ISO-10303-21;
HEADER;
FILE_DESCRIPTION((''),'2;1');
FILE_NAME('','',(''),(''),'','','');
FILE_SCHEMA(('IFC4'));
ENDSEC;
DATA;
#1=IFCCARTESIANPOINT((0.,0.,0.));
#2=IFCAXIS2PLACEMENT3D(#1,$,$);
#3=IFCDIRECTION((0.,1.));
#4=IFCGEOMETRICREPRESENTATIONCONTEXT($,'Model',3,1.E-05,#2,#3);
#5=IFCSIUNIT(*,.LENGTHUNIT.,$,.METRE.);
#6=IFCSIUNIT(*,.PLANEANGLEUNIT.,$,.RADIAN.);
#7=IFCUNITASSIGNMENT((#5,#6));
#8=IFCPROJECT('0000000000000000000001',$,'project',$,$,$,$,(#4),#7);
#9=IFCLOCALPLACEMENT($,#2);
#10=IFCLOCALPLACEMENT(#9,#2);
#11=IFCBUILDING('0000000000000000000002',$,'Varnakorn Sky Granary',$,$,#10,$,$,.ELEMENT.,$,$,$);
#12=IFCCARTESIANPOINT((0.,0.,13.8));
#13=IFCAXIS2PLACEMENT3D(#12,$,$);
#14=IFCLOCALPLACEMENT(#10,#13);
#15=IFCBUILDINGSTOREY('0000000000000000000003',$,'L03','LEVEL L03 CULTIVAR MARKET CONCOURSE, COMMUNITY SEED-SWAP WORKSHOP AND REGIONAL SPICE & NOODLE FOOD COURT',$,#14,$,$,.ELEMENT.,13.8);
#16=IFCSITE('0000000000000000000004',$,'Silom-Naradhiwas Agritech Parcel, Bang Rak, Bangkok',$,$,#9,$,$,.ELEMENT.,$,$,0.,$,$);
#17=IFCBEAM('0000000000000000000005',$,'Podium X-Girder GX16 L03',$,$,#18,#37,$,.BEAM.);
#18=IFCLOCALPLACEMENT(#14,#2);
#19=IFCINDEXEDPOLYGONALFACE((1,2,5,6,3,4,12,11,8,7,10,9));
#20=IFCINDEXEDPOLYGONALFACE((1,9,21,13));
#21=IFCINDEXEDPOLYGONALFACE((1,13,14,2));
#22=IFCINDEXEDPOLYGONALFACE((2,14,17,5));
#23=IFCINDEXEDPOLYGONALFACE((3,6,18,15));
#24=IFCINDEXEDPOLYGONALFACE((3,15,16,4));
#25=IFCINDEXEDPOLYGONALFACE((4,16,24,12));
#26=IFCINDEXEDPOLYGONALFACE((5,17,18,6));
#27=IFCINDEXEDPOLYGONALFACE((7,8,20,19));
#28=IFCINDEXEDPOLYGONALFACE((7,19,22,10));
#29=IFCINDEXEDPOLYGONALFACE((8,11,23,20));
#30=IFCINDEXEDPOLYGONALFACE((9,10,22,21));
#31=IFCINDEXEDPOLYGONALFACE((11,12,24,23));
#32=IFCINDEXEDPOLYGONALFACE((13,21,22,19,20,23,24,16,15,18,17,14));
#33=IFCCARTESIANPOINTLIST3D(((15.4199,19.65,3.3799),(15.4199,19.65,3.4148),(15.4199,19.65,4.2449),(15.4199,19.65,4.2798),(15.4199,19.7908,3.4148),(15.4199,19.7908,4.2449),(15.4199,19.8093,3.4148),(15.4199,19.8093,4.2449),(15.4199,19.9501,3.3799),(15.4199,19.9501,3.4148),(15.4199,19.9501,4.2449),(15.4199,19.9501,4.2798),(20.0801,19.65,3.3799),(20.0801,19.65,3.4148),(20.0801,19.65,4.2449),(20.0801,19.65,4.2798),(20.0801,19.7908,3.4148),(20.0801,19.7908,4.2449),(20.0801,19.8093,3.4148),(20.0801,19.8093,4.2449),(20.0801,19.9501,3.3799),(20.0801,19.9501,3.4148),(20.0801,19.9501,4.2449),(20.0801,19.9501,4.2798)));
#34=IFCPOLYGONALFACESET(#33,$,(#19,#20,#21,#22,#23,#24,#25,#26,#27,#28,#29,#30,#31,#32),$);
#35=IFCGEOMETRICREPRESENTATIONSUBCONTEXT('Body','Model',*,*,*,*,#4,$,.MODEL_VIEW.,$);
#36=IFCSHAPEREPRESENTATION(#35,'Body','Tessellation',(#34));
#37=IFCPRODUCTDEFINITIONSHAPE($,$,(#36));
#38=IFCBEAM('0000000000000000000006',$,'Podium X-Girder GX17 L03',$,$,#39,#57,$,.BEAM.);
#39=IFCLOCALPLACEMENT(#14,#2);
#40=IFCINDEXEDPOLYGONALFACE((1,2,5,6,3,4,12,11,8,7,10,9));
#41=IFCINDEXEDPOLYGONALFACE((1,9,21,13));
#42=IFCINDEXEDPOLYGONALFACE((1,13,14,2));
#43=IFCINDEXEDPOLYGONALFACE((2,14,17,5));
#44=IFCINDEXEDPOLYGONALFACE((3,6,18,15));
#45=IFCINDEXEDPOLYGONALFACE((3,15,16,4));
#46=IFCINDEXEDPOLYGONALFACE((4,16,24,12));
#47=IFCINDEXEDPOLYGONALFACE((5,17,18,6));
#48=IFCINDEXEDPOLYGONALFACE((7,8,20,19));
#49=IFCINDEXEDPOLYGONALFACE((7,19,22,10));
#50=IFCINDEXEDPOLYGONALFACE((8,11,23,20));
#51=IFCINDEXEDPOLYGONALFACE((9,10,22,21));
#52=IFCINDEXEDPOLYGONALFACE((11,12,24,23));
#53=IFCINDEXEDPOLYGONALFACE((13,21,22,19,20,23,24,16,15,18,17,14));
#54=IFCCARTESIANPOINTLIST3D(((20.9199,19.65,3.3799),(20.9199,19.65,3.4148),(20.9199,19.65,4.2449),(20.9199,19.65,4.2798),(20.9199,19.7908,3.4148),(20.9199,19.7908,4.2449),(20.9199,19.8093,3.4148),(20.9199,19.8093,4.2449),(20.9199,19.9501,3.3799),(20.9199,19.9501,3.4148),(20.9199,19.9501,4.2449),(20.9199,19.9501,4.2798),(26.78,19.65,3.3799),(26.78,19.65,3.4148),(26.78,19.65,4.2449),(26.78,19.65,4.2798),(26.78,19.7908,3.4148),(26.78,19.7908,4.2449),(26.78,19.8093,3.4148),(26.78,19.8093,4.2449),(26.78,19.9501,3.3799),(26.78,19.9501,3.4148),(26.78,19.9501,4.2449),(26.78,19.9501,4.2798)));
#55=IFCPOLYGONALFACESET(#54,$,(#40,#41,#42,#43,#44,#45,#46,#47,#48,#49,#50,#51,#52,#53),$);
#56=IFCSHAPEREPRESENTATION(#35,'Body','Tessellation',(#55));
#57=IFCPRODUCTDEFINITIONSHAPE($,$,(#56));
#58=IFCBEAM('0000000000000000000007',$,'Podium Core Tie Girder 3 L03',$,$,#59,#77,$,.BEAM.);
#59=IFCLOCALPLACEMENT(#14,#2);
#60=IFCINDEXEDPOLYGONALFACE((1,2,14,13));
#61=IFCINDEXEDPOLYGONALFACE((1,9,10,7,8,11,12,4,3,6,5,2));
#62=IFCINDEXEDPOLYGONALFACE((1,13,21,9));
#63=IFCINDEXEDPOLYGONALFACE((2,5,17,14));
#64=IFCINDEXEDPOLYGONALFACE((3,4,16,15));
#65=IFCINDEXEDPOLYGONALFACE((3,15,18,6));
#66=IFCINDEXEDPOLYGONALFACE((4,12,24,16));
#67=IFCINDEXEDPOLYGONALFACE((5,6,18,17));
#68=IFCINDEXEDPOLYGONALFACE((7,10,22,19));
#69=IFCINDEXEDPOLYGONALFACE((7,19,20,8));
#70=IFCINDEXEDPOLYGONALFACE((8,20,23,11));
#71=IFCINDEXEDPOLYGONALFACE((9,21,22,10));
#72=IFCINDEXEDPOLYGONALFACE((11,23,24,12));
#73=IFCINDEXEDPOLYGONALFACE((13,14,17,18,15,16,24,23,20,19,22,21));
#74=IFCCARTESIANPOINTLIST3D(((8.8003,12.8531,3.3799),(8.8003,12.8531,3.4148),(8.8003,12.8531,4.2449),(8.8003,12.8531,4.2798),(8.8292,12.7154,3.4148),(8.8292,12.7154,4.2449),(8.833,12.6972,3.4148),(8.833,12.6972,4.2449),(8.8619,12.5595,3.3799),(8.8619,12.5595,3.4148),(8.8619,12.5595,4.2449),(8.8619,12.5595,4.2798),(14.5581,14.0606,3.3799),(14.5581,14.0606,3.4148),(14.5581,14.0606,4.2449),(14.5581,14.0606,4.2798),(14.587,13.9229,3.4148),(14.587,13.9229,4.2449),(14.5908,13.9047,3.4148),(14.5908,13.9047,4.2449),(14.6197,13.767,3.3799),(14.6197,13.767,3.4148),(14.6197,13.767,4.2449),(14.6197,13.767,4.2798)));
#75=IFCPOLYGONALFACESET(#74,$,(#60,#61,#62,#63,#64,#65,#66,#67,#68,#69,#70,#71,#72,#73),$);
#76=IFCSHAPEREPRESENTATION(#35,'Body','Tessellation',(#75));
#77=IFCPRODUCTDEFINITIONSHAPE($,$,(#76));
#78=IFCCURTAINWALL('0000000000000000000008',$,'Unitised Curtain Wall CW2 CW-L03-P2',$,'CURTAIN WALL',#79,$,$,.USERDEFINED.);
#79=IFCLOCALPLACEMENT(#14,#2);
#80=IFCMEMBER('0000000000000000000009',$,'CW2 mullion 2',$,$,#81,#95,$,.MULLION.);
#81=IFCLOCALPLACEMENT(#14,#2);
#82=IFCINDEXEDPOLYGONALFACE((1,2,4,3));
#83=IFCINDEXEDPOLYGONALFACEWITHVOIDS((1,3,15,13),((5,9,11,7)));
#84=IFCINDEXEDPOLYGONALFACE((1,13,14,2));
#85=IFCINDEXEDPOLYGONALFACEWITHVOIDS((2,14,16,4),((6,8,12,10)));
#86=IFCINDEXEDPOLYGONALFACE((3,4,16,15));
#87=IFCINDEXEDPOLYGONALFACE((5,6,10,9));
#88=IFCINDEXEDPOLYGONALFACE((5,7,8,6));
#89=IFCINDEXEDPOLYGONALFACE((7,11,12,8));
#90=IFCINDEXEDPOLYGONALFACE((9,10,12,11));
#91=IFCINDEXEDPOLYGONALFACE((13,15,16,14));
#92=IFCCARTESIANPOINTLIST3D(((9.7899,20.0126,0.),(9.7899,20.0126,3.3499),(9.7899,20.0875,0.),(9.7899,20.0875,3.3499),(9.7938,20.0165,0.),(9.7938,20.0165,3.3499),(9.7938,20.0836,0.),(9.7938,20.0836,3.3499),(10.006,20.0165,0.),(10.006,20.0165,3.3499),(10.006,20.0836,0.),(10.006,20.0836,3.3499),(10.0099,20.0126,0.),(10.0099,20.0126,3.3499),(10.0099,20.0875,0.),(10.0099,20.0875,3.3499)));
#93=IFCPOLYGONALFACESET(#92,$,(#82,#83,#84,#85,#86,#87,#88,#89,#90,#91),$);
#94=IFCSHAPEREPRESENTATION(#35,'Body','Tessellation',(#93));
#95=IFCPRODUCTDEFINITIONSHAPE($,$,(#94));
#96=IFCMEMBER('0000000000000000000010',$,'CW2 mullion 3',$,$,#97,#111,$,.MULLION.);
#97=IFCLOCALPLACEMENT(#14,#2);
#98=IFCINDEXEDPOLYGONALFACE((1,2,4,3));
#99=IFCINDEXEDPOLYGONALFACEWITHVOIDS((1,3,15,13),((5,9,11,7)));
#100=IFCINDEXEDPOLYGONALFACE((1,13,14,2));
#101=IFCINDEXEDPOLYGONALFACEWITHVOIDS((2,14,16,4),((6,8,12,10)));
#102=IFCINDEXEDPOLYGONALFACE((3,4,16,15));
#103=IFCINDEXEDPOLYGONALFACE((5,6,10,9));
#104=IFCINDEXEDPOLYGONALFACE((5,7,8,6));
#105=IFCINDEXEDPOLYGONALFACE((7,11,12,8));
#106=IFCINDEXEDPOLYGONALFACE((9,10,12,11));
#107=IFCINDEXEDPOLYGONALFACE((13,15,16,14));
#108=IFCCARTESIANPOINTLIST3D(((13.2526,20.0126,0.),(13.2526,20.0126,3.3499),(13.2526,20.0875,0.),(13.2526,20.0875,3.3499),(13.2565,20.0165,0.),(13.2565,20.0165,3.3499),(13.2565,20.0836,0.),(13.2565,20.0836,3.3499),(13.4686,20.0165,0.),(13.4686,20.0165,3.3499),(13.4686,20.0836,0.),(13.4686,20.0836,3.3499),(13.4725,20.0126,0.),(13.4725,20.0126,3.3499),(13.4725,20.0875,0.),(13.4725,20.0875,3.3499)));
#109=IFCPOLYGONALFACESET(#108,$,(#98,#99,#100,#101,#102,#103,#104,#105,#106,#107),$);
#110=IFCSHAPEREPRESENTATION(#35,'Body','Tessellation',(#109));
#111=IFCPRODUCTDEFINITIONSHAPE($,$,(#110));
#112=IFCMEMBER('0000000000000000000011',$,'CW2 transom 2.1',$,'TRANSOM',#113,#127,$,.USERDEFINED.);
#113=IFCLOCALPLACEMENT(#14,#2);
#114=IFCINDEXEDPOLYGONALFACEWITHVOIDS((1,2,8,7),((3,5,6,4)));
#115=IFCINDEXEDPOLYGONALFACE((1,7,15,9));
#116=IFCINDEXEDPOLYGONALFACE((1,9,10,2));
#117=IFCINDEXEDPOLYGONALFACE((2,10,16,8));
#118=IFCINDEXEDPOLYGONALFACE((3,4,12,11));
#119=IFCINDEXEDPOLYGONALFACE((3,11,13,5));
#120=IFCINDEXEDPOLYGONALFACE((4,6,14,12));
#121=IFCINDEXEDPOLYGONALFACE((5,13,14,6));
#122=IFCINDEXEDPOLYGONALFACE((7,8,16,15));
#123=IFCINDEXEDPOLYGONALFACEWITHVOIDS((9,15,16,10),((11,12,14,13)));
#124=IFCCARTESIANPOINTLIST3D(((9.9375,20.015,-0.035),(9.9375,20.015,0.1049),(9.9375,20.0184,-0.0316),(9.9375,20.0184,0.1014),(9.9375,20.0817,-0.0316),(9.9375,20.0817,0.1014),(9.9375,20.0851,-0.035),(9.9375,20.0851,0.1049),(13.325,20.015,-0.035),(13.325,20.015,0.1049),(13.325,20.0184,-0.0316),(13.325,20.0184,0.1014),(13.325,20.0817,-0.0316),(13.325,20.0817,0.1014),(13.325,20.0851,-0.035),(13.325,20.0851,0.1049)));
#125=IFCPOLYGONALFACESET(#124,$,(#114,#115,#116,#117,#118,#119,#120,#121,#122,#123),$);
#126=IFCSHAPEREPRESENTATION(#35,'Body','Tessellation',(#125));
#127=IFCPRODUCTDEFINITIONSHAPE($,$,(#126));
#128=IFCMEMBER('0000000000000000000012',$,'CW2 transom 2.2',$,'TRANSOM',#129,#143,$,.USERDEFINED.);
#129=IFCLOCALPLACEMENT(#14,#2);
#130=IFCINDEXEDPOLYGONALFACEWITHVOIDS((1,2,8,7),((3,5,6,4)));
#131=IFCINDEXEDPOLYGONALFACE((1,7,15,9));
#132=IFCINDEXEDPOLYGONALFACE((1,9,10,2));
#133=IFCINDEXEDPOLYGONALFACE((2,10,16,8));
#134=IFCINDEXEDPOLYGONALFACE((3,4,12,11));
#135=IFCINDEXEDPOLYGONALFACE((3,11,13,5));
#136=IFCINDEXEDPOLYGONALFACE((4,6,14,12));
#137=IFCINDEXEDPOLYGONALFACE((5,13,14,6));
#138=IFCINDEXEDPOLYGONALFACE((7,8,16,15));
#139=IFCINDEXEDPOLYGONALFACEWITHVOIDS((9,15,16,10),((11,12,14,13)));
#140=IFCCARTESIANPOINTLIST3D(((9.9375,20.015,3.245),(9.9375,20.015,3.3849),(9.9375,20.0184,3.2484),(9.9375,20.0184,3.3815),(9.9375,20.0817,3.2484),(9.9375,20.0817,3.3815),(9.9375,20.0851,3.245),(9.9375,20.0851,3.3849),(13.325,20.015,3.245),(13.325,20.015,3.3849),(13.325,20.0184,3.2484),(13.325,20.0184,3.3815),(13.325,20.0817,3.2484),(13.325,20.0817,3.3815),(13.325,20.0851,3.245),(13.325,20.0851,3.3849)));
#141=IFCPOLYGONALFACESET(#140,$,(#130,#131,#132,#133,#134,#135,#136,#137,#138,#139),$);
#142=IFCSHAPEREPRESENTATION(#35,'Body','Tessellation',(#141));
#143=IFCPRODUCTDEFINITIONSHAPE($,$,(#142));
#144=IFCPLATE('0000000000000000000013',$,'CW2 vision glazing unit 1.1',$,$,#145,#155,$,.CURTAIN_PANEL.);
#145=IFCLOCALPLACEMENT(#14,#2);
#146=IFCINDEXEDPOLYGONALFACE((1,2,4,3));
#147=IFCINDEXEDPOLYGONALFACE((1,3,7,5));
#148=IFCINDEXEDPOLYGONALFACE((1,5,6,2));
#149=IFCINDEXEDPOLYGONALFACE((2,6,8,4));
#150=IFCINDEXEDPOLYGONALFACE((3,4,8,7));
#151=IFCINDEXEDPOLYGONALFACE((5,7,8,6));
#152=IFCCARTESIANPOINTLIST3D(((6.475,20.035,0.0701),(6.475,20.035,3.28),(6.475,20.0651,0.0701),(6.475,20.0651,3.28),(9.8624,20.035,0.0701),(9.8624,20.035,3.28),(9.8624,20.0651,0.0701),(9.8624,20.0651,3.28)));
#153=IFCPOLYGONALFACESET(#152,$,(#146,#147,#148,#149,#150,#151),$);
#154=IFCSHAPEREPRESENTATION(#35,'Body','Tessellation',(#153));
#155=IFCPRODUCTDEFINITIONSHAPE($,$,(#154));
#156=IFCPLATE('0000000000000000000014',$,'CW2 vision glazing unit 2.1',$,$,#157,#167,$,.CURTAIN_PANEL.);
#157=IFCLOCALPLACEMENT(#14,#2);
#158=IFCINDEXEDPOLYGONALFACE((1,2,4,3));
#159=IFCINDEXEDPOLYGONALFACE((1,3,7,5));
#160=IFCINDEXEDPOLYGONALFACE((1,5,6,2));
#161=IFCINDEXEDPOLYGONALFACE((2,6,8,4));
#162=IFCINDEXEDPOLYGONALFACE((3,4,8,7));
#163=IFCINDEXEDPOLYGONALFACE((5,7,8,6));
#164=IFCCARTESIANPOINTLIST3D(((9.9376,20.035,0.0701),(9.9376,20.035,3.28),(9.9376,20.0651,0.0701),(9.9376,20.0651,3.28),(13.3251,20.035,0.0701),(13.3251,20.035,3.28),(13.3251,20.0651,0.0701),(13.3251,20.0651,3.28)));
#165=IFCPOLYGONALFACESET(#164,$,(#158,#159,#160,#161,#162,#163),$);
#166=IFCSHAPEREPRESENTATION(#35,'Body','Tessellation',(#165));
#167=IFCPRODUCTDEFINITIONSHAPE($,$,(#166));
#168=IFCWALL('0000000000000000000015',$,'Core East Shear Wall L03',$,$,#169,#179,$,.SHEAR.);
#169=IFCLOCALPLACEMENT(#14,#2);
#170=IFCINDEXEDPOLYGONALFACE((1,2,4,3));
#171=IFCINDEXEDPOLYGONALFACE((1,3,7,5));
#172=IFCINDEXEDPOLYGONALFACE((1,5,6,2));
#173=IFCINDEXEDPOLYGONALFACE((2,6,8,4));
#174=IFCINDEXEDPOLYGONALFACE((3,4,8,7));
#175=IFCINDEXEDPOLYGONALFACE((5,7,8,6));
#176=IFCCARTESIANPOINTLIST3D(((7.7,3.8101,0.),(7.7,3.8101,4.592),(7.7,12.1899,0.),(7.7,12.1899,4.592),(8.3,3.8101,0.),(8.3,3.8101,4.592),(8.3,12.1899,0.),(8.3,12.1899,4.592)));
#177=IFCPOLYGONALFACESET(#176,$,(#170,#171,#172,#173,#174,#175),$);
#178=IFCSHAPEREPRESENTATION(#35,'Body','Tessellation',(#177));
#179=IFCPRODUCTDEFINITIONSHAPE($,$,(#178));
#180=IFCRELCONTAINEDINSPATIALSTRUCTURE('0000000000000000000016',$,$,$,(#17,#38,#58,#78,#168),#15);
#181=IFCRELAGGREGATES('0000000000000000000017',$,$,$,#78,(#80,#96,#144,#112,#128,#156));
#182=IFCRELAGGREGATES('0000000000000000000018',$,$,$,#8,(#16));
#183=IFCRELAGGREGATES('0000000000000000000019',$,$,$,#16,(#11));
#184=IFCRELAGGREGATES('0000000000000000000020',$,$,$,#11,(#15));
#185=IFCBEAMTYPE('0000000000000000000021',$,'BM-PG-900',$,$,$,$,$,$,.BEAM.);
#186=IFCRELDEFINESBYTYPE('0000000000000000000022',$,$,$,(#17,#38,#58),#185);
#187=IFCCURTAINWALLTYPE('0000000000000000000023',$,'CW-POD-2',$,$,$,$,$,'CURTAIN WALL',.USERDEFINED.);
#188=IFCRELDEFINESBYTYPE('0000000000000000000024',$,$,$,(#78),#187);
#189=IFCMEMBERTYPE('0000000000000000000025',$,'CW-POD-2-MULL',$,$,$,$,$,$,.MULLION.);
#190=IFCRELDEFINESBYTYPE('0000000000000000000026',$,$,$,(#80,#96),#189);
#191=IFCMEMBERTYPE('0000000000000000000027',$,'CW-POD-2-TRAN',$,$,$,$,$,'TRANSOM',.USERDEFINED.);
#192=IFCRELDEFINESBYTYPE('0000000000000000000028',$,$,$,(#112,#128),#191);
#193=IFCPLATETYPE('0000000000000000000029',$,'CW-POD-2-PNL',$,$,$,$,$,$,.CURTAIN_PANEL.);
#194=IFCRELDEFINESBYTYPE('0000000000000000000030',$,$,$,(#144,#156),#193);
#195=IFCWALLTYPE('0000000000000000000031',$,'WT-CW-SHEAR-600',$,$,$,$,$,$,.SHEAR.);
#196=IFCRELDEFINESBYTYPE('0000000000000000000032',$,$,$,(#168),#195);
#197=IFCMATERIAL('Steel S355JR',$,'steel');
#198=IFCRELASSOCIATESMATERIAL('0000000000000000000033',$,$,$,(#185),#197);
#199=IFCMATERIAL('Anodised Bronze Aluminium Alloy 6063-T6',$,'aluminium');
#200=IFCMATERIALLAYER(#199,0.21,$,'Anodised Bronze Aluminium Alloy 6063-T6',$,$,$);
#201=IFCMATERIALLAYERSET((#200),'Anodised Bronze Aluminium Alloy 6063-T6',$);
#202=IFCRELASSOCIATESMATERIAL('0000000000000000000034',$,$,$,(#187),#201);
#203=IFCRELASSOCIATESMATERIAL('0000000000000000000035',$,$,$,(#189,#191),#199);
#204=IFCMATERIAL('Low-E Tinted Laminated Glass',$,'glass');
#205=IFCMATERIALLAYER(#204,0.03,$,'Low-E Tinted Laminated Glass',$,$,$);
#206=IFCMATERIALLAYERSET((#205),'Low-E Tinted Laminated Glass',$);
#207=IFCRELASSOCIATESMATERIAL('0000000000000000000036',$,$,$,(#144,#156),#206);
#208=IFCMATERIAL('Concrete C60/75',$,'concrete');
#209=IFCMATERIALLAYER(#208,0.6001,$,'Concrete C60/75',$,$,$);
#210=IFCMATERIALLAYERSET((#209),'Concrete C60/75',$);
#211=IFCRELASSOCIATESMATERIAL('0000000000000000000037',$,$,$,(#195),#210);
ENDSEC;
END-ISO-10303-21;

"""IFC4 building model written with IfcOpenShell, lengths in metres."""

from ifc_helpers import new_model, si_unit, direction, frame, frame_2d, origin, origin_2d, place, context, subcontext, project, spatial, rectangle, hollow_rectangle, i_section, extrude, source, transform, mapped, material, layer, layer_set, material_profile, profile_set, type_object, type_shapes, element, aggregate, save


model = new_model("IFC4")

# Units and contexts
model_context = context("Model", 3, precision=1e-05, world=origin(), true_north=direction((0.0, 1.0)))
body_context = subcontext(model_context, "Body", "Model", "MODEL_VIEW")
ifc_project = project(units=[si_unit("LENGTHUNIT", "METRE"), si_unit("PLANEANGLEUNIT", "RADIAN")], contexts=[model_context])

# Site, building, storey
site_placement = place(None, origin())
site = spatial("IfcSite", under=ifc_project, at=site_placement, Name="Silom-Naradhiwas Agritech Parcel, Bang Rak, Bangkok", CompositionType="ELEMENT", RefElevation=0.0)
building_placement = place(site_placement, origin())
building = spatial("IfcBuilding", under=site, at=building_placement, Name="Varnakorn Sky Granary", CompositionType="ELEMENT")
storey_placement = place(building_placement, frame((0.0, 0.0, 13.8)))
storey = spatial("IfcBuildingStorey", under=building, at=storey_placement, Name="L03", Description="LEVEL L03 CULTIVAR MARKET CONCOURSE, COMMUNITY SEED-SWAP WORKSHOP AND REGIONAL SPICE & NOODLE FOOD COURT", CompositionType="ELEMENT", Elevation=13.8)

# Shared definitions
ifc_material_1 = material(Name="Concrete C60/75", Category="concrete")

# Beams
ifc_material_2 = material(Name="Steel S355JR", Category="steel")
ifc_material_profile_1 = material_profile(ifc_material_2, i_section(OverallWidth=0.3, OverallDepth=0.8999, WebThickness=0.0186, FlangeThickness=0.0349, at=origin_2d()), Name="HE 900 B")
ifc_profile_set_1 = profile_set([ifc_material_profile_1], Name="Steel S355JR")
beam_type_1 = type_object("IfcBeamType", Name="BM-PG-900", PredefinedType="BEAM", material=ifc_profile_set_1)
beam_1_placement = place(storey_placement, frame((15.4199, 19.8, 3.8298), z_axis=(1.0, 0.0, 0.0), x_axis=(0.0, 1.0, 0.0)))
element("IfcBeam", 1, at=beam_1_placement, inside=storey, type_object=beam_type_1, Name="Podium X-Girder GX16 L03", PredefinedType="BEAM", context=body_context, shape_type="SweptSolid", body=[
    extrude(i_section(OverallWidth=0.3, OverallDepth=0.8999, WebThickness=0.0186, FlangeThickness=0.0349, at=origin_2d()), origin(), (0.0, 0.0, 1.0), 4.6602),
])
beam_2_placement = place(storey_placement, frame((20.9199, 19.8, 3.8298), z_axis=(1.0, 0.0, 0.0), x_axis=(0.0, 1.0, 0.0)))
element("IfcBeam", 2, at=beam_2_placement, inside=storey, type_object=beam_type_1, Name="Podium X-Girder GX17 L03", PredefinedType="BEAM", context=body_context, shape_type="SweptSolid", body=[
    extrude(i_section(OverallWidth=0.3, OverallDepth=0.8999, WebThickness=0.0186, FlangeThickness=0.0349, at=origin_2d()), origin(), (0.0, 0.0, 1.0), 5.8601),
])
beam_3_placement = place(storey_placement, frame((14.5889, 13.9138, 3.8298), z_axis=(-0.978709, -0.205253, 0.0), x_axis=(0.205253, -0.978709, 0.0)))
element("IfcBeam", 3, at=beam_3_placement, inside=storey, type_object=beam_type_1, Name="Podium Core Tie Girder 3 L03", PredefinedType="BEAM", context=body_context, shape_type="SweptSolid", body=[
    extrude(i_section(OverallWidth=0.3, OverallDepth=0.8999, WebThickness=0.0186, FlangeThickness=0.0349, at=origin_2d()), origin(), (0.0, 0.0, 1.0), 5.8831),
])

# Curtain wall, members, plates
ifc_material_3 = material(Name="Anodised Bronze Aluminium Alloy 6063-T6", Category="aluminium")
ifc_layer_1 = layer(ifc_material_3, 0.21, Name="Anodised Bronze Aluminium Alloy 6063-T6")
ifc_layer_set_1 = layer_set([ifc_layer_1], Name="Anodised Bronze Aluminium Alloy 6063-T6")
curtain_wall_type = type_object("IfcCurtainWallType", Name="CW-POD-2", ElementType="CURTAIN WALL", PredefinedType="USERDEFINED", material=ifc_layer_set_1)
curtain_wall_placement = place(storey_placement, origin())
curtain_wall = element("IfcCurtainWall", 4, at=curtain_wall_placement, inside=storey, type_object=curtain_wall_type, Name="Unitised Curtain Wall CW2 CW-L03-P2", ObjectType="CURTAIN WALL", PredefinedType="USERDEFINED")
ifc_material_profile_2 = material_profile(ifc_material_3, hollow_rectangle(XDim=0.075, YDim=0.22, WallThickness=0.0039, at=origin_2d()), Name="ALU MULL 75x220")
ifc_profile_set_2 = profile_set([ifc_material_profile_2], Name="Anodised Bronze Aluminium Alloy 6063-T6")
member_type_1 = type_object("IfcMemberType", Name="CW-POD-2-MULL", PredefinedType="MULLION", material=ifc_profile_set_2)
member_1_placement = place(storey_placement, frame((9.8999, 20.05, 0.0), z_axis=(0.0, 0.0, 1.0), x_axis=(0.0, 1.0, 0.0)))
member_1 = element("IfcMember", 5, at=member_1_placement, type_object=member_type_1, Name="CW2 mullion 2", PredefinedType="MULLION", context=body_context, shape_type="SweptSolid", body=[
    extrude(hollow_rectangle(XDim=0.075, YDim=0.22, WallThickness=0.0039, at=origin_2d()), origin(), (0.0, 0.0, 1.0), 3.3499),
])
member_2_placement = place(storey_placement, frame((13.3625, 20.05, 0.0), z_axis=(0.0, 0.0, 1.0), x_axis=(0.0, 1.0, 0.0)))
member_2 = element("IfcMember", 6, at=member_2_placement, type_object=member_type_1, Name="CW2 mullion 3", PredefinedType="MULLION", context=body_context, shape_type="SweptSolid", body=[
    extrude(hollow_rectangle(XDim=0.075, YDim=0.22, WallThickness=0.0039, at=origin_2d()), origin(), (0.0, 0.0, 1.0), 3.3499),
])
ifc_material_profile_3 = material_profile(ifc_material_3, hollow_rectangle(XDim=0.0701, YDim=0.1399, WallThickness=0.0034, at=origin_2d()), Name="ALU TRAN 70x140")
ifc_profile_set_3 = profile_set([ifc_material_profile_3], Name="Anodised Bronze Aluminium Alloy 6063-T6")
member_type_2 = type_object("IfcMemberType", Name="CW-POD-2-TRAN", ElementType="TRANSOM", PredefinedType="USERDEFINED", material=ifc_profile_set_3)
member_3_placement = place(storey_placement, frame((9.9375, 20.05, 0.0349), z_axis=(1.0, 0.0, 0.0), x_axis=(0.0, 1.0, 0.0)))
member_3 = element("IfcMember", 7, at=member_3_placement, type_object=member_type_2, Name="CW2 transom 2.1", ObjectType="TRANSOM", PredefinedType="USERDEFINED", context=body_context, shape_type="SweptSolid", body=[
    extrude(hollow_rectangle(XDim=0.0701, YDim=0.1399, WallThickness=0.0034, at=origin_2d()), origin(), (0.0, 0.0, 1.0), 3.3875),
])
member_4_placement = place(storey_placement, frame((9.9375, 20.05, 3.3149), z_axis=(1.0, 0.0, 0.0), x_axis=(0.0, 1.0, 0.0)))
member_4 = element("IfcMember", 8, at=member_4_placement, type_object=member_type_2, Name="CW2 transom 2.2", ObjectType="TRANSOM", PredefinedType="USERDEFINED", context=body_context, shape_type="SweptSolid", body=[
    extrude(hollow_rectangle(XDim=0.0701, YDim=0.1399, WallThickness=0.0034, at=origin_2d()), origin(), (0.0, 0.0, 1.0), 3.3875),
])
ifc_material_4 = material(Name="Low-E Tinted Laminated Glass", Category="glass")
ifc_layer_2 = layer(ifc_material_4, 0.03, Name="Low-E Tinted Laminated Glass")
ifc_layer_set_2 = layer_set([ifc_layer_2], Name="Low-E Tinted Laminated Glass")
plate_type = type_object("IfcPlateType", Name="CW-POD-2-PNL", PredefinedType="CURTAIN_PANEL")
shared_shape = source(origin(), body_context, "Body", "SweptSolid", [
    extrude(rectangle(XDim=3.3875, YDim=0.03, at=origin_2d()), origin(), (0.0, 0.0, 1.0), 3.21),
])
type_shapes(plate_type, [shared_shape])
plate_1_placement = place(storey_placement, frame((8.1687, 20.05, 0.0701), z_axis=(0.0, 0.0, 1.0), x_axis=(1.0, 0.0, 0.0)))
plate_1 = element("IfcPlate", 9, at=plate_1_placement, type_object=plate_type, material=ifc_layer_set_2, Name="CW2 vision glazing unit 1.1", PredefinedType="CURTAIN_PANEL", context=body_context, shape_type="MappedRepresentation", body=[
    mapped(shared_shape, transform((0.0, 0.0, 0.0), x_axis=(1.0, 0.0, 0.0), y_axis=(0.0, 1.0, 0.0), z_axis=(0.0, 0.0, 1.0), scale=1.0)),
])
plate_2_placement = place(storey_placement, frame((11.6313, 20.05, 0.0701), z_axis=(0.0, 0.0, 1.0), x_axis=(1.0, 0.0, 0.0)))
plate_2 = element("IfcPlate", 10, at=plate_2_placement, type_object=plate_type, material=ifc_layer_set_2, Name="CW2 vision glazing unit 2.1", PredefinedType="CURTAIN_PANEL", context=body_context, shape_type="MappedRepresentation", body=[
    mapped(shared_shape, transform((0.0, 0.0, 0.0), x_axis=(1.0, 0.0, 0.0), y_axis=(0.0, 1.0, 0.0), z_axis=(0.0, 0.0, 1.0), scale=1.0)),
])
aggregate(curtain_wall, [member_1, member_2, plate_1, member_3, member_4, plate_2])

# Wall
ifc_layer_3 = layer(ifc_material_1, 0.6001, Name="Concrete C60/75")
ifc_layer_set_3 = layer_set([ifc_layer_3], Name="Concrete C60/75")
wall_type_1 = type_object("IfcWallType", Name="WT-CW-SHEAR-600", PredefinedType="SHEAR", material=ifc_layer_set_3)
wall_1_placement = place(storey_placement, frame((8.0, 3.8101, 0.0), z_axis=(0.0, 0.0, 1.0), x_axis=(0.0, 1.0, 0.0)))
element("IfcWall", 11, at=wall_1_placement, inside=storey, type_object=wall_type_1, Name="Core East Shear Wall L03", PredefinedType="SHEAR", context=body_context, shape_type="SweptSolid", body=[
    extrude(rectangle(XDim=8.3799, YDim=0.6001, at=frame_2d((4.1899, 0.0))), origin(), (0.0, 0.0, 1.0), 4.592),
])

save(model, "model.ifc")
